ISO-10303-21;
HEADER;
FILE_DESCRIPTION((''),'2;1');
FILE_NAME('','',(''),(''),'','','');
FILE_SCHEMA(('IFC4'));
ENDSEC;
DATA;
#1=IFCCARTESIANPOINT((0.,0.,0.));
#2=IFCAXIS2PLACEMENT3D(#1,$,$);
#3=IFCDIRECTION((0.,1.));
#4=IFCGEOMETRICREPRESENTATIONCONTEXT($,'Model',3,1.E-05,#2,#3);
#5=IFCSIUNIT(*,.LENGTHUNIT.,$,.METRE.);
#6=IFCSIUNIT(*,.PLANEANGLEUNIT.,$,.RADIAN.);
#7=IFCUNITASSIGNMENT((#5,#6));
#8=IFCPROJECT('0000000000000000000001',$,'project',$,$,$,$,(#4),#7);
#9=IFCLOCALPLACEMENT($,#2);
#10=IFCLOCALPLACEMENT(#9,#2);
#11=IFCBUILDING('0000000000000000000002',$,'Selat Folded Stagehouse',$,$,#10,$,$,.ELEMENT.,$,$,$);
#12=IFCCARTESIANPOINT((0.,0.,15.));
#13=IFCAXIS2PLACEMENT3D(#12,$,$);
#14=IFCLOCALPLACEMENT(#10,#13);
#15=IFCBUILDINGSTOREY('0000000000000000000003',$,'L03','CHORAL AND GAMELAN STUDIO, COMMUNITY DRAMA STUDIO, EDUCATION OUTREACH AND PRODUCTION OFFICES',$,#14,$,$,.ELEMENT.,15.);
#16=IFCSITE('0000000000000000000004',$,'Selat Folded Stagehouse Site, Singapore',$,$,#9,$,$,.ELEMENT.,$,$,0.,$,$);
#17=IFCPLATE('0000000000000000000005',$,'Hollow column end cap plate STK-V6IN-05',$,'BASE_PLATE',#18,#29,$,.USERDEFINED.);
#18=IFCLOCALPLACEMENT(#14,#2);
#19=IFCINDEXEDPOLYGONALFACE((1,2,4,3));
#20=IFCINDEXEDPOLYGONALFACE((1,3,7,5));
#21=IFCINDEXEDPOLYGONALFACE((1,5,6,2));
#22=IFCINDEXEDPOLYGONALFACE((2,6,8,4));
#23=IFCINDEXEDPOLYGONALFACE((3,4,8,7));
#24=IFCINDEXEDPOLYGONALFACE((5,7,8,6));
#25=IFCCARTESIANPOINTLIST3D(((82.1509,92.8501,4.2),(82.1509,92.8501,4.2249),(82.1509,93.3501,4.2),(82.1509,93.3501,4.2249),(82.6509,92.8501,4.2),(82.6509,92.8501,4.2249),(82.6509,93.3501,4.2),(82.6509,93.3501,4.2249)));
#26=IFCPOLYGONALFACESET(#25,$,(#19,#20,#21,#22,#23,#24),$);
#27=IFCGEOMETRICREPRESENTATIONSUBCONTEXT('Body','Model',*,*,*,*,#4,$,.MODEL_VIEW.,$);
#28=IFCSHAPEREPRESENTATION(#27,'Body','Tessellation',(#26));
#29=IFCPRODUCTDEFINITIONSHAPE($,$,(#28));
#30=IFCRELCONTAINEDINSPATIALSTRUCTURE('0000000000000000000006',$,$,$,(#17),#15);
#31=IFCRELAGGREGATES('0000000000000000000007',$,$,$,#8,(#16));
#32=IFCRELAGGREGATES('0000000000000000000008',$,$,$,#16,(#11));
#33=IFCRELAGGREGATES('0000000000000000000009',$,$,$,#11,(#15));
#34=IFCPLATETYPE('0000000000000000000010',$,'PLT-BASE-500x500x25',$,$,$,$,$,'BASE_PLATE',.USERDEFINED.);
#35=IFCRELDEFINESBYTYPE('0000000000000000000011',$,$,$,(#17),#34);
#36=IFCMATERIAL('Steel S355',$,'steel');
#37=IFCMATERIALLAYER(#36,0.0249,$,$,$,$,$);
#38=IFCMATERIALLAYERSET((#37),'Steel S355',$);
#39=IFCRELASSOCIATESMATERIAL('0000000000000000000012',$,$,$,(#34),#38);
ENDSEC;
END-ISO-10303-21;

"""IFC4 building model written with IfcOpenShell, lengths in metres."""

from ifc_helpers import new_model, si_unit, direction, frame, origin, origin_2d, place, context, subcontext, project, spatial, rectangle, extrude, material, layer, layer_set, type_object, element, save


model = new_model("IFC4")

# Units and contexts
model_context = context("Model", 3, precision=1e-05, world=origin(), true_north=direction((0.0, 1.0)))
body_context = subcontext(model_context, "Body", "Model", "MODEL_VIEW")
ifc_project = project(units=[si_unit("LENGTHUNIT", "METRE"), si_unit("PLANEANGLEUNIT", "RADIAN")], contexts=[model_context])

# Site, building, storey
site_placement = place(None, origin())
site = spatial("IfcSite", under=ifc_project, at=site_placement, Name="Selat Folded Stagehouse Site, Singapore", CompositionType="ELEMENT", RefElevation=0.0)
building_placement = place(site_placement, origin())
building = spatial("IfcBuilding", under=site, at=building_placement, Name="Selat Folded Stagehouse", CompositionType="ELEMENT")
storey_placement = place(building_placement, frame((0.0, 0.0, 15.0)))
storey = spatial("IfcBuildingStorey", under=building, at=storey_placement, Name="L03", Description="CHORAL AND GAMELAN STUDIO, COMMUNITY DRAMA STUDIO, EDUCATION OUTREACH AND PRODUCTION OFFICES", CompositionType="ELEMENT", Elevation=15.0)

# Shared definitions
ifc_material_1 = material(Name="Steel S355", Category="steel")

# Plate
ifc_layer_1 = layer(ifc_material_1, 0.0249)
ifc_layer_set_1 = layer_set([ifc_layer_1], Name="Steel S355")
plate_type_1 = type_object("IfcPlateType", Name="PLT-BASE-500x500x25", ElementType="BASE_PLATE", PredefinedType="USERDEFINED", material=ifc_layer_set_1)
plate_1_placement = place(storey_placement, frame((82.4009, 93.1001, 4.2), z_axis=(0.0, 0.0, 1.0), x_axis=(1.0, 0.0, 0.0)))
element("IfcPlate", 1, at=plate_1_placement, inside=storey, type_object=plate_type_1, Name="Hollow column end cap plate STK-V6IN-05", ObjectType="BASE_PLATE", PredefinedType="USERDEFINED", context=body_context, shape_type="SweptSolid", body=[
    extrude(rectangle(XDim=0.5, YDim=0.5, at=origin_2d()), origin(), (0.0, 0.0, 1.0), 0.0249),
])

save(model, "model.ifc")
